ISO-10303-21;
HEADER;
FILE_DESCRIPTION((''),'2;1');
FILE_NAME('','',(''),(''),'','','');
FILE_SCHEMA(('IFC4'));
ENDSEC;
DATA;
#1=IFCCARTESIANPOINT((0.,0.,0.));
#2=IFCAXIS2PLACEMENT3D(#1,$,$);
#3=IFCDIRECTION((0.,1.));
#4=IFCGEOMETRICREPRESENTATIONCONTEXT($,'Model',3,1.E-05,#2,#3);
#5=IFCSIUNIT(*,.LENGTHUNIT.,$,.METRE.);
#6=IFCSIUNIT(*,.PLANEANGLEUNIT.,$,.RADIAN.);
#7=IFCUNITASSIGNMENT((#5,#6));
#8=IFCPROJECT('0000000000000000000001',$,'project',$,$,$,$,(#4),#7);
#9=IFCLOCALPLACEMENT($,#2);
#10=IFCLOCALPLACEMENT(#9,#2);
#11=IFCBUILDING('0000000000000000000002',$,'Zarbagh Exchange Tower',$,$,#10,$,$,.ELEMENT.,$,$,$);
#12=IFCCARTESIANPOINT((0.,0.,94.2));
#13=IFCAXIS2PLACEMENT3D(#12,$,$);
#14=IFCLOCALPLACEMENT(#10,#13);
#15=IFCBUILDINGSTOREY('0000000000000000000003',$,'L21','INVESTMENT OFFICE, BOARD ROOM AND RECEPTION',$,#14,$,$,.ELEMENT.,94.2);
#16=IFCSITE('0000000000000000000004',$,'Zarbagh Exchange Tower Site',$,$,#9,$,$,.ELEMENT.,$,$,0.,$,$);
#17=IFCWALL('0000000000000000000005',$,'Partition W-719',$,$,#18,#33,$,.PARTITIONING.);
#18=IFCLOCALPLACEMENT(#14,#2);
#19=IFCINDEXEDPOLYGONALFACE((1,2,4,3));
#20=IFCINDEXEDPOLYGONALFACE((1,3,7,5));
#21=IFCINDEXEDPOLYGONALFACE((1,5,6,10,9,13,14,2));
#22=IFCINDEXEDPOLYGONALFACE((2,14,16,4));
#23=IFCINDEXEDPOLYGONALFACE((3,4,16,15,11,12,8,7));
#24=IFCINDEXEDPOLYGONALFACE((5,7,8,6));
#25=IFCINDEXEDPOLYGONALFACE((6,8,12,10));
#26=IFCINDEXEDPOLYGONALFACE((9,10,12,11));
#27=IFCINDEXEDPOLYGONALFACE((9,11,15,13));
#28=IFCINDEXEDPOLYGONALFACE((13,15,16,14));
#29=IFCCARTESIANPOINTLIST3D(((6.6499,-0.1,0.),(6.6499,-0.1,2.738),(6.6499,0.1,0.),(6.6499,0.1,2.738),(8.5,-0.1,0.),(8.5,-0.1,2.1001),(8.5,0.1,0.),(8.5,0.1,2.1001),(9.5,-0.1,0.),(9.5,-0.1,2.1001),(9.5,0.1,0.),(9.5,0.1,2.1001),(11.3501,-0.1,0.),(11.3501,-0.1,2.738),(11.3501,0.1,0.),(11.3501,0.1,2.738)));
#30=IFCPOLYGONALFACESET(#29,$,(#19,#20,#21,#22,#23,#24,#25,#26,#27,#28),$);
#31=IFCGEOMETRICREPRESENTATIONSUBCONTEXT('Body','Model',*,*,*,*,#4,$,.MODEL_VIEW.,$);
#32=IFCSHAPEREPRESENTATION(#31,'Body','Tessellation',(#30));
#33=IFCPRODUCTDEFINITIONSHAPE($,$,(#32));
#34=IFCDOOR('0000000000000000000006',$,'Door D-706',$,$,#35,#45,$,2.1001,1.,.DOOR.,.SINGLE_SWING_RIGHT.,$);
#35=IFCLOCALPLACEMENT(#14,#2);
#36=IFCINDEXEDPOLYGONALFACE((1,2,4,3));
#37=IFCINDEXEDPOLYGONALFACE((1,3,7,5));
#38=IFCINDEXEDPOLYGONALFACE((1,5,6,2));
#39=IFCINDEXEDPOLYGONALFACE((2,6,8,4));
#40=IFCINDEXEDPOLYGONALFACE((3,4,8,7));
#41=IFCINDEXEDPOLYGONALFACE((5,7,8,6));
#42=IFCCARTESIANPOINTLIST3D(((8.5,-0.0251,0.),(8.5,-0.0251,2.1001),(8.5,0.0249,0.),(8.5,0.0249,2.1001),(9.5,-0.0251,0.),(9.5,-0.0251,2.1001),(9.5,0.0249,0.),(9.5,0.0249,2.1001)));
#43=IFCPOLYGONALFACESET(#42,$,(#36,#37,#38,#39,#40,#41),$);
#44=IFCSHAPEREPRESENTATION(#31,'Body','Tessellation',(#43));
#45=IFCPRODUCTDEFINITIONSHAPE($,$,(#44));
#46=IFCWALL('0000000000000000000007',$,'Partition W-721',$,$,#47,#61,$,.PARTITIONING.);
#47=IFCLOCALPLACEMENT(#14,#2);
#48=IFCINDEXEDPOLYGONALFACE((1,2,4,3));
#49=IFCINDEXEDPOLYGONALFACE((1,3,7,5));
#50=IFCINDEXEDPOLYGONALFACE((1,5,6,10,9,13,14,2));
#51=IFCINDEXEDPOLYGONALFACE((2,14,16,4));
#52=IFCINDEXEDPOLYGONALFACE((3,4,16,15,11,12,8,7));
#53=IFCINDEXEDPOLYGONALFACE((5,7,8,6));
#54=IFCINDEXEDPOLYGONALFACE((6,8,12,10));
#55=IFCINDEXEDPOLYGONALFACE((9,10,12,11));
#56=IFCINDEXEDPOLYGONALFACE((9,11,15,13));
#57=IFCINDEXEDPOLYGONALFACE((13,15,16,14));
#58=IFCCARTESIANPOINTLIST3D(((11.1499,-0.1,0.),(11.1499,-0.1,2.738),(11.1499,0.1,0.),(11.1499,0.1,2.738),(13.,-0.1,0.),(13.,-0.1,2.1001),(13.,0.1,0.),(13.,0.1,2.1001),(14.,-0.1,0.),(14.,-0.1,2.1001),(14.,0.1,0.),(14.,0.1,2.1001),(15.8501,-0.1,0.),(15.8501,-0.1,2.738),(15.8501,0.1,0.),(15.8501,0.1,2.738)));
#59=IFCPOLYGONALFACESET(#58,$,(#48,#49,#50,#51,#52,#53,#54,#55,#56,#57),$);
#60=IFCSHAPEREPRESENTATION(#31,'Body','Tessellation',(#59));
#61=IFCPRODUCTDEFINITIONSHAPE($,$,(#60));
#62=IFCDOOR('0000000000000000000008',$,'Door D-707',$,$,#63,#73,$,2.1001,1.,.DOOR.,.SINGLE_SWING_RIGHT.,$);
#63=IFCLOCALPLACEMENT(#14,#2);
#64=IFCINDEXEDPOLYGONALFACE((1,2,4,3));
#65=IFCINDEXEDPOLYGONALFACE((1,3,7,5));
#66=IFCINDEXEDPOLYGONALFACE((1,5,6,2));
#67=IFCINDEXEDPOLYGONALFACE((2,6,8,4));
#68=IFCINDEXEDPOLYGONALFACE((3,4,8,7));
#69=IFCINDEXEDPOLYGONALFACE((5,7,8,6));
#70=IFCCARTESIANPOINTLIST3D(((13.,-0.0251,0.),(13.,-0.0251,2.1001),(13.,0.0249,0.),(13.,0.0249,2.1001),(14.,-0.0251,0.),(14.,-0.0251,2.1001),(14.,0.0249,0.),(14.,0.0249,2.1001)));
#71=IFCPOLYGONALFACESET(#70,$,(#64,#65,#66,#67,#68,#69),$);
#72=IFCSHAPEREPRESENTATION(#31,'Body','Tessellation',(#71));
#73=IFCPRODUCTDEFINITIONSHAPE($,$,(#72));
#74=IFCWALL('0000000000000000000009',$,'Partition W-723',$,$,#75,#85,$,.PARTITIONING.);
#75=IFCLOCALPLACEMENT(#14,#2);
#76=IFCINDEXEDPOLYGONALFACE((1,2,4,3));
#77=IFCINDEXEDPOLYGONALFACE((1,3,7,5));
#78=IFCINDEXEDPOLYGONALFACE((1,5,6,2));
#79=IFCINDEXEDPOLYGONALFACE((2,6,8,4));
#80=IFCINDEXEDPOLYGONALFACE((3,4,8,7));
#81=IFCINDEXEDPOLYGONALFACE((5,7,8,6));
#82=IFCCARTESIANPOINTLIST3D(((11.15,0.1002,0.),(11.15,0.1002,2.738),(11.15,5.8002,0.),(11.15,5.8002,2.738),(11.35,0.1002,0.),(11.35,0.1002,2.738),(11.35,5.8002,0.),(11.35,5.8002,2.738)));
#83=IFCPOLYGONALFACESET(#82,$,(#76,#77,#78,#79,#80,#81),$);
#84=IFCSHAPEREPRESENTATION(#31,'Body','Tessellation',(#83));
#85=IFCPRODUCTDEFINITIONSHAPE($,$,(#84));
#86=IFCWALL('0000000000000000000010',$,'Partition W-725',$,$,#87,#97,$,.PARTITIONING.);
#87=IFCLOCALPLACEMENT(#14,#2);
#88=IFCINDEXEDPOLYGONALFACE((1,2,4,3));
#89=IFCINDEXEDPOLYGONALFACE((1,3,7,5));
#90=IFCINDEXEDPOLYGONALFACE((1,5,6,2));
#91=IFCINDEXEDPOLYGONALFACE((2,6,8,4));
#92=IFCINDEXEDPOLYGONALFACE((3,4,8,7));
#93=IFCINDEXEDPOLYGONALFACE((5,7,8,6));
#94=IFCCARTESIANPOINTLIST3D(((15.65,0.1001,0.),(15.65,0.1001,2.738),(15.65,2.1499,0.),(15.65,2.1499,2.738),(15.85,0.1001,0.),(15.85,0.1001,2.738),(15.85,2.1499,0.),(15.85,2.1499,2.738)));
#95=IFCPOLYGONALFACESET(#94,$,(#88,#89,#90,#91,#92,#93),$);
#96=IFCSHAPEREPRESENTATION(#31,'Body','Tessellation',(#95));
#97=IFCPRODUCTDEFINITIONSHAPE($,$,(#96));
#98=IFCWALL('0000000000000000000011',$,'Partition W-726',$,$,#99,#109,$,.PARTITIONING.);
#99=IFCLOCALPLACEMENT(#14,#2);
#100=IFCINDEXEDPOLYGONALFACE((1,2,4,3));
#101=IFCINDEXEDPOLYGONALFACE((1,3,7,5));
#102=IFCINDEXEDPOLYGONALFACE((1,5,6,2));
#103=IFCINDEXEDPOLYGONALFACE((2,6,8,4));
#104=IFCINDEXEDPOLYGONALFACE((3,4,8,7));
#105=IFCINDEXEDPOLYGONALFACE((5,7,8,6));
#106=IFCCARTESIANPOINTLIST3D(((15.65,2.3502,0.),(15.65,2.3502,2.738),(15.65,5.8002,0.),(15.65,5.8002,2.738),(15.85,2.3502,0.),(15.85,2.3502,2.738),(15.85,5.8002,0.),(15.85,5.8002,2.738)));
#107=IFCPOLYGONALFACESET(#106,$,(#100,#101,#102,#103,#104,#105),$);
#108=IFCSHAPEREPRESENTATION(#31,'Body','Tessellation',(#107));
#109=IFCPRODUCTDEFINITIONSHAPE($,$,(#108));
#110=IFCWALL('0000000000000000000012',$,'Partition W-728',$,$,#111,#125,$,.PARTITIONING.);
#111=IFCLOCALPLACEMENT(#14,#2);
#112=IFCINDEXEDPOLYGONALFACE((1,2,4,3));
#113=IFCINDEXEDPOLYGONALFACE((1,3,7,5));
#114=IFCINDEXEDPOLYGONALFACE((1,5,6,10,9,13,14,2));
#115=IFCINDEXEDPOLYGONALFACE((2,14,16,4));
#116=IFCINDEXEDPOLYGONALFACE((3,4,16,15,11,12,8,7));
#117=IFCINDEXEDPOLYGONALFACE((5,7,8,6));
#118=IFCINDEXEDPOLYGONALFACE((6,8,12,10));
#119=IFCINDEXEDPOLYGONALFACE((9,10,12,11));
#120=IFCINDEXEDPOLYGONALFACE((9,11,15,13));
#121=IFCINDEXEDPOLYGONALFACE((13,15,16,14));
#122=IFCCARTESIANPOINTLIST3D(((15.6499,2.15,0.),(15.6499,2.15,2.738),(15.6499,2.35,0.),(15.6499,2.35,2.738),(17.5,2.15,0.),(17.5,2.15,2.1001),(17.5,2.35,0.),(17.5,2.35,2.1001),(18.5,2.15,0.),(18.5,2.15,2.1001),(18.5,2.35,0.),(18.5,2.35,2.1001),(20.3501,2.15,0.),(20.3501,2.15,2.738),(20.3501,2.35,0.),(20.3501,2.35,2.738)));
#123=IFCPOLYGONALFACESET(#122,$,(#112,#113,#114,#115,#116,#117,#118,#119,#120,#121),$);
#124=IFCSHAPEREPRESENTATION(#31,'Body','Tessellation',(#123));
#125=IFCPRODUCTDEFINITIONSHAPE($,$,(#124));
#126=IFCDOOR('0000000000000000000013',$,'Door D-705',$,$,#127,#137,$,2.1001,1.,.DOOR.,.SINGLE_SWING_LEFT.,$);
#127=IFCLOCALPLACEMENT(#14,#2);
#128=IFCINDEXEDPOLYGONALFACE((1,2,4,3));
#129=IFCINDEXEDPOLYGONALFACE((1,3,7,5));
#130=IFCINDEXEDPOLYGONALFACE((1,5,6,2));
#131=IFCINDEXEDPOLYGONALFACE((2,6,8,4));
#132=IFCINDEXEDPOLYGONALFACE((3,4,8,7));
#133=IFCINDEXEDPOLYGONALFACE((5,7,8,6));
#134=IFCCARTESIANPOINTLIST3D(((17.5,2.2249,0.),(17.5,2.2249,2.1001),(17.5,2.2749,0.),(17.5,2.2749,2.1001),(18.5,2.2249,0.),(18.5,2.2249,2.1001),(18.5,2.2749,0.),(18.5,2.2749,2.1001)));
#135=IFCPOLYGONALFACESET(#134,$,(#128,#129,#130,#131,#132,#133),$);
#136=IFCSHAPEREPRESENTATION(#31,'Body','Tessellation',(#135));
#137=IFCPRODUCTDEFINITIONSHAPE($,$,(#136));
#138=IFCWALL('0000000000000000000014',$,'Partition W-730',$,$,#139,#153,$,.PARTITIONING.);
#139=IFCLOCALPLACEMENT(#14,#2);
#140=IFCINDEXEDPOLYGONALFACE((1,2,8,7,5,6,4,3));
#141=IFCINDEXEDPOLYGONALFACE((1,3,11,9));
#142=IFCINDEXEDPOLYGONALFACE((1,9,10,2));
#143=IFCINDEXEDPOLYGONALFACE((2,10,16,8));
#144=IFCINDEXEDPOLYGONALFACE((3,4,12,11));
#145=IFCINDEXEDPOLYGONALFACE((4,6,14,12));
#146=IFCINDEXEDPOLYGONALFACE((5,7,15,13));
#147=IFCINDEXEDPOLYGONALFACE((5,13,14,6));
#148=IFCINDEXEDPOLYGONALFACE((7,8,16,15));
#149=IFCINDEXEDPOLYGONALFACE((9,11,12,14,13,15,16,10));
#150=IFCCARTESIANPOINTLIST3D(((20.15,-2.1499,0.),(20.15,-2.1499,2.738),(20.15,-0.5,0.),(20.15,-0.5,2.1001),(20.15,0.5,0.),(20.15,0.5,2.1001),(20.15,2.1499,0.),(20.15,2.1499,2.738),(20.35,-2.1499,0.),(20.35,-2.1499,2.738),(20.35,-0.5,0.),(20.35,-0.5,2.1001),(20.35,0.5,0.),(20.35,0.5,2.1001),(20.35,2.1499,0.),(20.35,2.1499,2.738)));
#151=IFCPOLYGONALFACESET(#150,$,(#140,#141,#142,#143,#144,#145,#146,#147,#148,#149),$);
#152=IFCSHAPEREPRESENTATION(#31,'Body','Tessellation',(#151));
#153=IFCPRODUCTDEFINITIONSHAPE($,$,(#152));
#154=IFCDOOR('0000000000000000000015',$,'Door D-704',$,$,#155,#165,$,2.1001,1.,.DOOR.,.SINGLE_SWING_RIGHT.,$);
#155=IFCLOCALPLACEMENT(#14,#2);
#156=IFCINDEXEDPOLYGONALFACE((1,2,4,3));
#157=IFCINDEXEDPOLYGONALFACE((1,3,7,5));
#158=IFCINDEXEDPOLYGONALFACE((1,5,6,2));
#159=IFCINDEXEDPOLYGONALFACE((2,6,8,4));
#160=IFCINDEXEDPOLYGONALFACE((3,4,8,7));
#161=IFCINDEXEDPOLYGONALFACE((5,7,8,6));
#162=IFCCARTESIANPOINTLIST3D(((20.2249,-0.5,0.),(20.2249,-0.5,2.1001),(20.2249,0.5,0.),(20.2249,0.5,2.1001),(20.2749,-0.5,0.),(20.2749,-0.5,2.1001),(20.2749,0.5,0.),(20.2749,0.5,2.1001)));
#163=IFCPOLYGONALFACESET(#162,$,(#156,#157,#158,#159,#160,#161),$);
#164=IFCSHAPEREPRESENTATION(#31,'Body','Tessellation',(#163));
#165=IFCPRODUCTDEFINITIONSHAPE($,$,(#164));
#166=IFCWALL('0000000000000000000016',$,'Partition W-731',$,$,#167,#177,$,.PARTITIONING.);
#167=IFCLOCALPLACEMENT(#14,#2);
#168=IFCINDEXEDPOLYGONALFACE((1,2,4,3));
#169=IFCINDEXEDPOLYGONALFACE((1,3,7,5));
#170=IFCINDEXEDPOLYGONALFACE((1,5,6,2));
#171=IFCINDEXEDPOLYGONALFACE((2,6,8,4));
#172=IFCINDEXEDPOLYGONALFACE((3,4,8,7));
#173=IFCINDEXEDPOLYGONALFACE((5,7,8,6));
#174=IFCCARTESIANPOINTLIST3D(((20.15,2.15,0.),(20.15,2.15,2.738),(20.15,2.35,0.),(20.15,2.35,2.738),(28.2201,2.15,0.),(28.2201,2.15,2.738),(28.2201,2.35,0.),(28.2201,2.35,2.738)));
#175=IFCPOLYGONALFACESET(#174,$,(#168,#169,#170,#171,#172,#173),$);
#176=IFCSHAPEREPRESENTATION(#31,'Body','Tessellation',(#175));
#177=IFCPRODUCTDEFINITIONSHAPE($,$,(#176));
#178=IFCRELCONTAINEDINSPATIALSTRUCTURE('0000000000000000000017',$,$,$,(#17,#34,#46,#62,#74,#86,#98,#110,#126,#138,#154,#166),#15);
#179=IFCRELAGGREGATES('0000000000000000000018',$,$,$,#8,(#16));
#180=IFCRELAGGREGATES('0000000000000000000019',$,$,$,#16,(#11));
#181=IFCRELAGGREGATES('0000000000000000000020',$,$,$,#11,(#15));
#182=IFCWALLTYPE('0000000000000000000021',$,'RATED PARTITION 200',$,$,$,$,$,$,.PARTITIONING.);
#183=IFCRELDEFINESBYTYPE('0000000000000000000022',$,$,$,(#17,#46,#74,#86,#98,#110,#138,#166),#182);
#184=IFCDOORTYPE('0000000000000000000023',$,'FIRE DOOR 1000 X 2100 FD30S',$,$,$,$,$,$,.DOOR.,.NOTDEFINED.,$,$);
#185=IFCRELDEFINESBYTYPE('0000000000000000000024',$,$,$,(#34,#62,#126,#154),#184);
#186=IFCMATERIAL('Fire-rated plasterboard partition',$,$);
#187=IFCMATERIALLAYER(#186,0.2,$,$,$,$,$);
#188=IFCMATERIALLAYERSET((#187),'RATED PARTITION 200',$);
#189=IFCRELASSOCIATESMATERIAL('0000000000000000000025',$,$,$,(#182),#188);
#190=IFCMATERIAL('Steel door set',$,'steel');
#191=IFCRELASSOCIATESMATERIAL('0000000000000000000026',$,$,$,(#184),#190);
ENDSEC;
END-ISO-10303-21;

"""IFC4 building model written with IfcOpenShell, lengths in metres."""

from ifc_helpers import new_model, si_unit, direction, frame, frame_2d, origin, place, context, subcontext, project, spatial, rectangle, extrude, material, layer, layer_set, type_object, element, fill, save


model = new_model("IFC4")

# Units and contexts
model_context = context("Model", 3, precision=1e-05, world=origin(), true_north=direction((0.0, 1.0)))
body_context = subcontext(model_context, "Body", "Model", "MODEL_VIEW")
ifc_project = project(units=[si_unit("LENGTHUNIT", "METRE"), si_unit("PLANEANGLEUNIT", "RADIAN")], contexts=[model_context])

# Site, building, storey
site_placement = place(None, origin())
site = spatial("IfcSite", under=ifc_project, at=site_placement, Name="Zarbagh Exchange Tower Site", CompositionType="ELEMENT", RefElevation=0.0)
building_placement = place(site_placement, origin())
building = spatial("IfcBuilding", under=site, at=building_placement, Name="Zarbagh Exchange Tower", CompositionType="ELEMENT")
storey_placement = place(building_placement, frame((0.0, 0.0, 94.2)))
storey = spatial("IfcBuildingStorey", under=building, at=storey_placement, Name="L21", Description="INVESTMENT OFFICE, BOARD ROOM AND RECEPTION", CompositionType="ELEMENT", Elevation=94.2)

# Shared definitions
ifc_material_1 = material(Name="Fire-rated plasterboard partition")
ifc_layer = layer(ifc_material_1, 0.2)
ifc_layer_set = layer_set([ifc_layer], Name="RATED PARTITION 200")
wall_type = type_object("IfcWallType", Name="RATED PARTITION 200", PredefinedType="PARTITIONING", material=ifc_layer_set)

# Walls, openings, doors
wall_1_placement = place(storey_placement, frame((6.6499, 0.0, 0.0), z_axis=(0.0, 0.0, 1.0), x_axis=(1.0, 0.0, 0.0)))
wall_1 = element("IfcWall", 1, at=wall_1_placement, inside=storey, type_object=wall_type, Name="Partition W-719", PredefinedType="PARTITIONING", context=body_context, shape_type="SweptSolid", body=[
    extrude(rectangle(XDim=4.7002, YDim=0.2, at=frame_2d((2.3501, 0.0))), origin(), (0.0, 0.0, 1.0), 2.738),
])
opening_1_placement = place(wall_1_placement, frame((1.8501, 0.0, 0.0)))
opening_1 = element("IfcOpeningElement", 2, at=opening_1_placement, cuts=wall_1, PredefinedType="OPENING", context=body_context, shape_type="SweptSolid", body=[
    extrude(rectangle(XDim=1.0, YDim=2.1001, at=frame_2d((0.5, 1.05))), frame((0.0, 0.1099, 0.0), z_axis=(0.0, -1.0, 0.0), x_axis=(1.0, 0.0, 0.0)), (0.0, 0.0, 1.0), 0.22),
])
ifc_material_2 = material(Name="Steel door set", Category="steel")
door_type = type_object("IfcDoorType", Name="FIRE DOOR 1000 X 2100 FD30S", OperationType="NOTDEFINED", PredefinedType="DOOR", material=ifc_material_2)
door_1_placement = place(opening_1_placement, origin())
door_1 = element("IfcDoor", 3, at=door_1_placement, inside=storey, type_object=door_type, Name="Door D-706", OperationType="SINGLE_SWING_RIGHT", OverallHeight=2.1001, OverallWidth=1.0, PredefinedType="DOOR", context=body_context, shape_type="SweptSolid", body=[
    extrude(rectangle(XDim=1.0, YDim=2.1001, at=frame_2d((0.5, 1.05))), frame((0.0, 0.0249, 0.0), z_axis=(0.0, -1.0, 0.0), x_axis=(1.0, 0.0, 0.0)), (0.0, 0.0, 1.0), 0.05),
])
fill(opening_1, door_1)
wall_2_placement = place(storey_placement, frame((11.1499, 0.0, 0.0), z_axis=(0.0, 0.0, 1.0), x_axis=(1.0, 0.0, 0.0)))
wall_2 = element("IfcWall", 4, at=wall_2_placement, inside=storey, type_object=wall_type, Name="Partition W-721", PredefinedType="PARTITIONING", context=body_context, shape_type="SweptSolid", body=[
    extrude(rectangle(XDim=4.7002, YDim=0.2, at=frame_2d((2.3501, 0.0))), origin(), (0.0, 0.0, 1.0), 2.738),
])
opening_2_placement = place(wall_2_placement, frame((1.8501, 0.0, 0.0)))
opening_2 = element("IfcOpeningElement", 5, at=opening_2_placement, cuts=wall_2, PredefinedType="OPENING", context=body_context, shape_type="SweptSolid", body=[
    extrude(rectangle(XDim=1.0, YDim=2.1001, at=frame_2d((0.5, 1.05))), frame((0.0, 0.1099, 0.0), z_axis=(0.0, -1.0, 0.0), x_axis=(1.0, 0.0, 0.0)), (0.0, 0.0, 1.0), 0.22),
])
door_2_placement = place(opening_2_placement, origin())
door_2 = element("IfcDoor", 6, at=door_2_placement, inside=storey, type_object=door_type, Name="Door D-707", OperationType="SINGLE_SWING_RIGHT", OverallHeight=2.1001, OverallWidth=1.0, PredefinedType="DOOR", context=body_context, shape_type="SweptSolid", body=[
    extrude(rectangle(XDim=1.0, YDim=2.1001, at=frame_2d((0.5, 1.05))), frame((0.0, 0.0249, 0.0), z_axis=(0.0, -1.0, 0.0), x_axis=(1.0, 0.0, 0.0)), (0.0, 0.0, 1.0), 0.05),
])
fill(opening_2, door_2)

# Walls
wall_3_placement = place(storey_placement, frame((11.25, 0.1001, 0.0), z_axis=(0.0, 0.0, 1.0), x_axis=(0.0, 1.0, 0.0)))
element("IfcWall", 7, at=wall_3_placement, inside=storey, type_object=wall_type, Name="Partition W-723", PredefinedType="PARTITIONING", context=body_context, shape_type="SweptSolid", body=[
    extrude(rectangle(XDim=5.7, YDim=0.2, at=frame_2d((2.8501, 0.0))), origin(), (0.0, 0.0, 1.0), 2.738),
])
wall_4_placement = place(storey_placement, frame((15.75, 0.1001, 0.0), z_axis=(0.0, 0.0, 1.0), x_axis=(0.0, 1.0, 0.0)))
element("IfcWall", 8, at=wall_4_placement, inside=storey, type_object=wall_type, Name="Partition W-725", PredefinedType="PARTITIONING", context=body_context, shape_type="SweptSolid", body=[
    extrude(rectangle(XDim=2.0498, YDim=0.2, at=frame_2d((1.0249, 0.0))), origin(), (0.0, 0.0, 1.0), 2.738),
])
wall_5_placement = place(storey_placement, frame((15.75, 2.3501, 0.0), z_axis=(0.0, 0.0, 1.0), x_axis=(0.0, 1.0, 0.0)))
element("IfcWall", 9, at=wall_5_placement, inside=storey, type_object=wall_type, Name="Partition W-726", PredefinedType="PARTITIONING", context=body_context, shape_type="SweptSolid", body=[
    extrude(rectangle(XDim=3.45, YDim=0.2, at=frame_2d((1.7251, 0.0))), origin(), (0.0, 0.0, 1.0), 2.738),
])

# Walls, openings, doors
wall_6_placement = place(storey_placement, frame((15.6499, 2.25, 0.0), z_axis=(0.0, 0.0, 1.0), x_axis=(1.0, 0.0, 0.0)))
wall_6 = element("IfcWall", 10, at=wall_6_placement, inside=storey, type_object=wall_type, Name="Partition W-728", PredefinedType="PARTITIONING", context=body_context, shape_type="SweptSolid", body=[
    extrude(rectangle(XDim=4.7002, YDim=0.2, at=frame_2d((2.3501, 0.0))), origin(), (0.0, 0.0, 1.0), 2.738),
])
opening_3_placement = place(wall_6_placement, frame((1.8501, 0.0, 0.0)))
opening_3 = element("IfcOpeningElement", 11, at=opening_3_placement, cuts=wall_6, PredefinedType="OPENING", context=body_context, shape_type="SweptSolid", body=[
    extrude(rectangle(XDim=1.0, YDim=2.1001, at=frame_2d((0.5, 1.05))), frame((0.0, 0.1099, 0.0), z_axis=(0.0, -1.0, 0.0), x_axis=(1.0, 0.0, 0.0)), (0.0, 0.0, 1.0), 0.22),
])
door_3_placement = place(opening_3_placement, origin())
door_3 = element("IfcDoor", 12, at=door_3_placement, inside=storey, type_object=door_type, Name="Door D-705", OperationType="SINGLE_SWING_LEFT", OverallHeight=2.1001, OverallWidth=1.0, PredefinedType="DOOR", context=body_context, shape_type="SweptSolid", body=[
    extrude(rectangle(XDim=1.0, YDim=2.1001, at=frame_2d((0.5, 1.05))), frame((0.0, 0.0249, 0.0), z_axis=(0.0, -1.0, 0.0), x_axis=(1.0, 0.0, 0.0)), (0.0, 0.0, 1.0), 0.05),
])
fill(opening_3, door_3)
wall_7_placement = place(storey_placement, frame((20.25, 2.1499, 0.0), z_axis=(0.0, 0.0, 1.0), x_axis=(0.0, -1.0, 0.0)))
wall_7 = element("IfcWall", 13, at=wall_7_placement, inside=storey, type_object=wall_type, Name="Partition W-730", PredefinedType="PARTITIONING", context=body_context, shape_type="SweptSolid", body=[
    extrude(rectangle(XDim=4.2998, YDim=0.2, at=frame_2d((2.1499, 0.0))), origin(), (0.0, 0.0, 1.0), 2.738),
])
opening_4_placement = place(wall_7_placement, frame((1.6499, 0.0, 0.0)))
opening_4 = element("IfcOpeningElement", 14, at=opening_4_placement, cuts=wall_7, PredefinedType="OPENING", context=body_context, shape_type="SweptSolid", body=[
    extrude(rectangle(XDim=1.0, YDim=2.1001, at=frame_2d((0.5, 1.05))), frame((0.0, 0.1099, 0.0), z_axis=(0.0, -1.0, 0.0), x_axis=(1.0, 0.0, 0.0)), (0.0, 0.0, 1.0), 0.22),
])
door_4_placement = place(opening_4_placement, origin())
door_4 = element("IfcDoor", 15, at=door_4_placement, inside=storey, type_object=door_type, Name="Door D-704", OperationType="SINGLE_SWING_RIGHT", OverallHeight=2.1001, OverallWidth=1.0, PredefinedType="DOOR", context=body_context, shape_type="SweptSolid", body=[
    extrude(rectangle(XDim=1.0, YDim=2.1001, at=frame_2d((0.5, 1.05))), frame((0.0, 0.0249, 0.0), z_axis=(0.0, -1.0, 0.0), x_axis=(1.0, 0.0, 0.0)), (0.0, 0.0, 1.0), 0.05),
])
fill(opening_4, door_4)

# Wall
wall_8_placement = place(storey_placement, frame((20.1499, 2.25, 0.0), z_axis=(0.0, 0.0, 1.0), x_axis=(1.0, 0.0, 0.0)))
element("IfcWall", 16, at=wall_8_placement, inside=storey, type_object=wall_type, Name="Partition W-731", PredefinedType="PARTITIONING", context=body_context, shape_type="SweptSolid", body=[
    extrude(rectangle(XDim=8.0701, YDim=0.2, at=frame_2d((4.0352, 0.0))), origin(), (0.0, 0.0, 1.0), 2.738),
])

save(model, "model.ifc")
